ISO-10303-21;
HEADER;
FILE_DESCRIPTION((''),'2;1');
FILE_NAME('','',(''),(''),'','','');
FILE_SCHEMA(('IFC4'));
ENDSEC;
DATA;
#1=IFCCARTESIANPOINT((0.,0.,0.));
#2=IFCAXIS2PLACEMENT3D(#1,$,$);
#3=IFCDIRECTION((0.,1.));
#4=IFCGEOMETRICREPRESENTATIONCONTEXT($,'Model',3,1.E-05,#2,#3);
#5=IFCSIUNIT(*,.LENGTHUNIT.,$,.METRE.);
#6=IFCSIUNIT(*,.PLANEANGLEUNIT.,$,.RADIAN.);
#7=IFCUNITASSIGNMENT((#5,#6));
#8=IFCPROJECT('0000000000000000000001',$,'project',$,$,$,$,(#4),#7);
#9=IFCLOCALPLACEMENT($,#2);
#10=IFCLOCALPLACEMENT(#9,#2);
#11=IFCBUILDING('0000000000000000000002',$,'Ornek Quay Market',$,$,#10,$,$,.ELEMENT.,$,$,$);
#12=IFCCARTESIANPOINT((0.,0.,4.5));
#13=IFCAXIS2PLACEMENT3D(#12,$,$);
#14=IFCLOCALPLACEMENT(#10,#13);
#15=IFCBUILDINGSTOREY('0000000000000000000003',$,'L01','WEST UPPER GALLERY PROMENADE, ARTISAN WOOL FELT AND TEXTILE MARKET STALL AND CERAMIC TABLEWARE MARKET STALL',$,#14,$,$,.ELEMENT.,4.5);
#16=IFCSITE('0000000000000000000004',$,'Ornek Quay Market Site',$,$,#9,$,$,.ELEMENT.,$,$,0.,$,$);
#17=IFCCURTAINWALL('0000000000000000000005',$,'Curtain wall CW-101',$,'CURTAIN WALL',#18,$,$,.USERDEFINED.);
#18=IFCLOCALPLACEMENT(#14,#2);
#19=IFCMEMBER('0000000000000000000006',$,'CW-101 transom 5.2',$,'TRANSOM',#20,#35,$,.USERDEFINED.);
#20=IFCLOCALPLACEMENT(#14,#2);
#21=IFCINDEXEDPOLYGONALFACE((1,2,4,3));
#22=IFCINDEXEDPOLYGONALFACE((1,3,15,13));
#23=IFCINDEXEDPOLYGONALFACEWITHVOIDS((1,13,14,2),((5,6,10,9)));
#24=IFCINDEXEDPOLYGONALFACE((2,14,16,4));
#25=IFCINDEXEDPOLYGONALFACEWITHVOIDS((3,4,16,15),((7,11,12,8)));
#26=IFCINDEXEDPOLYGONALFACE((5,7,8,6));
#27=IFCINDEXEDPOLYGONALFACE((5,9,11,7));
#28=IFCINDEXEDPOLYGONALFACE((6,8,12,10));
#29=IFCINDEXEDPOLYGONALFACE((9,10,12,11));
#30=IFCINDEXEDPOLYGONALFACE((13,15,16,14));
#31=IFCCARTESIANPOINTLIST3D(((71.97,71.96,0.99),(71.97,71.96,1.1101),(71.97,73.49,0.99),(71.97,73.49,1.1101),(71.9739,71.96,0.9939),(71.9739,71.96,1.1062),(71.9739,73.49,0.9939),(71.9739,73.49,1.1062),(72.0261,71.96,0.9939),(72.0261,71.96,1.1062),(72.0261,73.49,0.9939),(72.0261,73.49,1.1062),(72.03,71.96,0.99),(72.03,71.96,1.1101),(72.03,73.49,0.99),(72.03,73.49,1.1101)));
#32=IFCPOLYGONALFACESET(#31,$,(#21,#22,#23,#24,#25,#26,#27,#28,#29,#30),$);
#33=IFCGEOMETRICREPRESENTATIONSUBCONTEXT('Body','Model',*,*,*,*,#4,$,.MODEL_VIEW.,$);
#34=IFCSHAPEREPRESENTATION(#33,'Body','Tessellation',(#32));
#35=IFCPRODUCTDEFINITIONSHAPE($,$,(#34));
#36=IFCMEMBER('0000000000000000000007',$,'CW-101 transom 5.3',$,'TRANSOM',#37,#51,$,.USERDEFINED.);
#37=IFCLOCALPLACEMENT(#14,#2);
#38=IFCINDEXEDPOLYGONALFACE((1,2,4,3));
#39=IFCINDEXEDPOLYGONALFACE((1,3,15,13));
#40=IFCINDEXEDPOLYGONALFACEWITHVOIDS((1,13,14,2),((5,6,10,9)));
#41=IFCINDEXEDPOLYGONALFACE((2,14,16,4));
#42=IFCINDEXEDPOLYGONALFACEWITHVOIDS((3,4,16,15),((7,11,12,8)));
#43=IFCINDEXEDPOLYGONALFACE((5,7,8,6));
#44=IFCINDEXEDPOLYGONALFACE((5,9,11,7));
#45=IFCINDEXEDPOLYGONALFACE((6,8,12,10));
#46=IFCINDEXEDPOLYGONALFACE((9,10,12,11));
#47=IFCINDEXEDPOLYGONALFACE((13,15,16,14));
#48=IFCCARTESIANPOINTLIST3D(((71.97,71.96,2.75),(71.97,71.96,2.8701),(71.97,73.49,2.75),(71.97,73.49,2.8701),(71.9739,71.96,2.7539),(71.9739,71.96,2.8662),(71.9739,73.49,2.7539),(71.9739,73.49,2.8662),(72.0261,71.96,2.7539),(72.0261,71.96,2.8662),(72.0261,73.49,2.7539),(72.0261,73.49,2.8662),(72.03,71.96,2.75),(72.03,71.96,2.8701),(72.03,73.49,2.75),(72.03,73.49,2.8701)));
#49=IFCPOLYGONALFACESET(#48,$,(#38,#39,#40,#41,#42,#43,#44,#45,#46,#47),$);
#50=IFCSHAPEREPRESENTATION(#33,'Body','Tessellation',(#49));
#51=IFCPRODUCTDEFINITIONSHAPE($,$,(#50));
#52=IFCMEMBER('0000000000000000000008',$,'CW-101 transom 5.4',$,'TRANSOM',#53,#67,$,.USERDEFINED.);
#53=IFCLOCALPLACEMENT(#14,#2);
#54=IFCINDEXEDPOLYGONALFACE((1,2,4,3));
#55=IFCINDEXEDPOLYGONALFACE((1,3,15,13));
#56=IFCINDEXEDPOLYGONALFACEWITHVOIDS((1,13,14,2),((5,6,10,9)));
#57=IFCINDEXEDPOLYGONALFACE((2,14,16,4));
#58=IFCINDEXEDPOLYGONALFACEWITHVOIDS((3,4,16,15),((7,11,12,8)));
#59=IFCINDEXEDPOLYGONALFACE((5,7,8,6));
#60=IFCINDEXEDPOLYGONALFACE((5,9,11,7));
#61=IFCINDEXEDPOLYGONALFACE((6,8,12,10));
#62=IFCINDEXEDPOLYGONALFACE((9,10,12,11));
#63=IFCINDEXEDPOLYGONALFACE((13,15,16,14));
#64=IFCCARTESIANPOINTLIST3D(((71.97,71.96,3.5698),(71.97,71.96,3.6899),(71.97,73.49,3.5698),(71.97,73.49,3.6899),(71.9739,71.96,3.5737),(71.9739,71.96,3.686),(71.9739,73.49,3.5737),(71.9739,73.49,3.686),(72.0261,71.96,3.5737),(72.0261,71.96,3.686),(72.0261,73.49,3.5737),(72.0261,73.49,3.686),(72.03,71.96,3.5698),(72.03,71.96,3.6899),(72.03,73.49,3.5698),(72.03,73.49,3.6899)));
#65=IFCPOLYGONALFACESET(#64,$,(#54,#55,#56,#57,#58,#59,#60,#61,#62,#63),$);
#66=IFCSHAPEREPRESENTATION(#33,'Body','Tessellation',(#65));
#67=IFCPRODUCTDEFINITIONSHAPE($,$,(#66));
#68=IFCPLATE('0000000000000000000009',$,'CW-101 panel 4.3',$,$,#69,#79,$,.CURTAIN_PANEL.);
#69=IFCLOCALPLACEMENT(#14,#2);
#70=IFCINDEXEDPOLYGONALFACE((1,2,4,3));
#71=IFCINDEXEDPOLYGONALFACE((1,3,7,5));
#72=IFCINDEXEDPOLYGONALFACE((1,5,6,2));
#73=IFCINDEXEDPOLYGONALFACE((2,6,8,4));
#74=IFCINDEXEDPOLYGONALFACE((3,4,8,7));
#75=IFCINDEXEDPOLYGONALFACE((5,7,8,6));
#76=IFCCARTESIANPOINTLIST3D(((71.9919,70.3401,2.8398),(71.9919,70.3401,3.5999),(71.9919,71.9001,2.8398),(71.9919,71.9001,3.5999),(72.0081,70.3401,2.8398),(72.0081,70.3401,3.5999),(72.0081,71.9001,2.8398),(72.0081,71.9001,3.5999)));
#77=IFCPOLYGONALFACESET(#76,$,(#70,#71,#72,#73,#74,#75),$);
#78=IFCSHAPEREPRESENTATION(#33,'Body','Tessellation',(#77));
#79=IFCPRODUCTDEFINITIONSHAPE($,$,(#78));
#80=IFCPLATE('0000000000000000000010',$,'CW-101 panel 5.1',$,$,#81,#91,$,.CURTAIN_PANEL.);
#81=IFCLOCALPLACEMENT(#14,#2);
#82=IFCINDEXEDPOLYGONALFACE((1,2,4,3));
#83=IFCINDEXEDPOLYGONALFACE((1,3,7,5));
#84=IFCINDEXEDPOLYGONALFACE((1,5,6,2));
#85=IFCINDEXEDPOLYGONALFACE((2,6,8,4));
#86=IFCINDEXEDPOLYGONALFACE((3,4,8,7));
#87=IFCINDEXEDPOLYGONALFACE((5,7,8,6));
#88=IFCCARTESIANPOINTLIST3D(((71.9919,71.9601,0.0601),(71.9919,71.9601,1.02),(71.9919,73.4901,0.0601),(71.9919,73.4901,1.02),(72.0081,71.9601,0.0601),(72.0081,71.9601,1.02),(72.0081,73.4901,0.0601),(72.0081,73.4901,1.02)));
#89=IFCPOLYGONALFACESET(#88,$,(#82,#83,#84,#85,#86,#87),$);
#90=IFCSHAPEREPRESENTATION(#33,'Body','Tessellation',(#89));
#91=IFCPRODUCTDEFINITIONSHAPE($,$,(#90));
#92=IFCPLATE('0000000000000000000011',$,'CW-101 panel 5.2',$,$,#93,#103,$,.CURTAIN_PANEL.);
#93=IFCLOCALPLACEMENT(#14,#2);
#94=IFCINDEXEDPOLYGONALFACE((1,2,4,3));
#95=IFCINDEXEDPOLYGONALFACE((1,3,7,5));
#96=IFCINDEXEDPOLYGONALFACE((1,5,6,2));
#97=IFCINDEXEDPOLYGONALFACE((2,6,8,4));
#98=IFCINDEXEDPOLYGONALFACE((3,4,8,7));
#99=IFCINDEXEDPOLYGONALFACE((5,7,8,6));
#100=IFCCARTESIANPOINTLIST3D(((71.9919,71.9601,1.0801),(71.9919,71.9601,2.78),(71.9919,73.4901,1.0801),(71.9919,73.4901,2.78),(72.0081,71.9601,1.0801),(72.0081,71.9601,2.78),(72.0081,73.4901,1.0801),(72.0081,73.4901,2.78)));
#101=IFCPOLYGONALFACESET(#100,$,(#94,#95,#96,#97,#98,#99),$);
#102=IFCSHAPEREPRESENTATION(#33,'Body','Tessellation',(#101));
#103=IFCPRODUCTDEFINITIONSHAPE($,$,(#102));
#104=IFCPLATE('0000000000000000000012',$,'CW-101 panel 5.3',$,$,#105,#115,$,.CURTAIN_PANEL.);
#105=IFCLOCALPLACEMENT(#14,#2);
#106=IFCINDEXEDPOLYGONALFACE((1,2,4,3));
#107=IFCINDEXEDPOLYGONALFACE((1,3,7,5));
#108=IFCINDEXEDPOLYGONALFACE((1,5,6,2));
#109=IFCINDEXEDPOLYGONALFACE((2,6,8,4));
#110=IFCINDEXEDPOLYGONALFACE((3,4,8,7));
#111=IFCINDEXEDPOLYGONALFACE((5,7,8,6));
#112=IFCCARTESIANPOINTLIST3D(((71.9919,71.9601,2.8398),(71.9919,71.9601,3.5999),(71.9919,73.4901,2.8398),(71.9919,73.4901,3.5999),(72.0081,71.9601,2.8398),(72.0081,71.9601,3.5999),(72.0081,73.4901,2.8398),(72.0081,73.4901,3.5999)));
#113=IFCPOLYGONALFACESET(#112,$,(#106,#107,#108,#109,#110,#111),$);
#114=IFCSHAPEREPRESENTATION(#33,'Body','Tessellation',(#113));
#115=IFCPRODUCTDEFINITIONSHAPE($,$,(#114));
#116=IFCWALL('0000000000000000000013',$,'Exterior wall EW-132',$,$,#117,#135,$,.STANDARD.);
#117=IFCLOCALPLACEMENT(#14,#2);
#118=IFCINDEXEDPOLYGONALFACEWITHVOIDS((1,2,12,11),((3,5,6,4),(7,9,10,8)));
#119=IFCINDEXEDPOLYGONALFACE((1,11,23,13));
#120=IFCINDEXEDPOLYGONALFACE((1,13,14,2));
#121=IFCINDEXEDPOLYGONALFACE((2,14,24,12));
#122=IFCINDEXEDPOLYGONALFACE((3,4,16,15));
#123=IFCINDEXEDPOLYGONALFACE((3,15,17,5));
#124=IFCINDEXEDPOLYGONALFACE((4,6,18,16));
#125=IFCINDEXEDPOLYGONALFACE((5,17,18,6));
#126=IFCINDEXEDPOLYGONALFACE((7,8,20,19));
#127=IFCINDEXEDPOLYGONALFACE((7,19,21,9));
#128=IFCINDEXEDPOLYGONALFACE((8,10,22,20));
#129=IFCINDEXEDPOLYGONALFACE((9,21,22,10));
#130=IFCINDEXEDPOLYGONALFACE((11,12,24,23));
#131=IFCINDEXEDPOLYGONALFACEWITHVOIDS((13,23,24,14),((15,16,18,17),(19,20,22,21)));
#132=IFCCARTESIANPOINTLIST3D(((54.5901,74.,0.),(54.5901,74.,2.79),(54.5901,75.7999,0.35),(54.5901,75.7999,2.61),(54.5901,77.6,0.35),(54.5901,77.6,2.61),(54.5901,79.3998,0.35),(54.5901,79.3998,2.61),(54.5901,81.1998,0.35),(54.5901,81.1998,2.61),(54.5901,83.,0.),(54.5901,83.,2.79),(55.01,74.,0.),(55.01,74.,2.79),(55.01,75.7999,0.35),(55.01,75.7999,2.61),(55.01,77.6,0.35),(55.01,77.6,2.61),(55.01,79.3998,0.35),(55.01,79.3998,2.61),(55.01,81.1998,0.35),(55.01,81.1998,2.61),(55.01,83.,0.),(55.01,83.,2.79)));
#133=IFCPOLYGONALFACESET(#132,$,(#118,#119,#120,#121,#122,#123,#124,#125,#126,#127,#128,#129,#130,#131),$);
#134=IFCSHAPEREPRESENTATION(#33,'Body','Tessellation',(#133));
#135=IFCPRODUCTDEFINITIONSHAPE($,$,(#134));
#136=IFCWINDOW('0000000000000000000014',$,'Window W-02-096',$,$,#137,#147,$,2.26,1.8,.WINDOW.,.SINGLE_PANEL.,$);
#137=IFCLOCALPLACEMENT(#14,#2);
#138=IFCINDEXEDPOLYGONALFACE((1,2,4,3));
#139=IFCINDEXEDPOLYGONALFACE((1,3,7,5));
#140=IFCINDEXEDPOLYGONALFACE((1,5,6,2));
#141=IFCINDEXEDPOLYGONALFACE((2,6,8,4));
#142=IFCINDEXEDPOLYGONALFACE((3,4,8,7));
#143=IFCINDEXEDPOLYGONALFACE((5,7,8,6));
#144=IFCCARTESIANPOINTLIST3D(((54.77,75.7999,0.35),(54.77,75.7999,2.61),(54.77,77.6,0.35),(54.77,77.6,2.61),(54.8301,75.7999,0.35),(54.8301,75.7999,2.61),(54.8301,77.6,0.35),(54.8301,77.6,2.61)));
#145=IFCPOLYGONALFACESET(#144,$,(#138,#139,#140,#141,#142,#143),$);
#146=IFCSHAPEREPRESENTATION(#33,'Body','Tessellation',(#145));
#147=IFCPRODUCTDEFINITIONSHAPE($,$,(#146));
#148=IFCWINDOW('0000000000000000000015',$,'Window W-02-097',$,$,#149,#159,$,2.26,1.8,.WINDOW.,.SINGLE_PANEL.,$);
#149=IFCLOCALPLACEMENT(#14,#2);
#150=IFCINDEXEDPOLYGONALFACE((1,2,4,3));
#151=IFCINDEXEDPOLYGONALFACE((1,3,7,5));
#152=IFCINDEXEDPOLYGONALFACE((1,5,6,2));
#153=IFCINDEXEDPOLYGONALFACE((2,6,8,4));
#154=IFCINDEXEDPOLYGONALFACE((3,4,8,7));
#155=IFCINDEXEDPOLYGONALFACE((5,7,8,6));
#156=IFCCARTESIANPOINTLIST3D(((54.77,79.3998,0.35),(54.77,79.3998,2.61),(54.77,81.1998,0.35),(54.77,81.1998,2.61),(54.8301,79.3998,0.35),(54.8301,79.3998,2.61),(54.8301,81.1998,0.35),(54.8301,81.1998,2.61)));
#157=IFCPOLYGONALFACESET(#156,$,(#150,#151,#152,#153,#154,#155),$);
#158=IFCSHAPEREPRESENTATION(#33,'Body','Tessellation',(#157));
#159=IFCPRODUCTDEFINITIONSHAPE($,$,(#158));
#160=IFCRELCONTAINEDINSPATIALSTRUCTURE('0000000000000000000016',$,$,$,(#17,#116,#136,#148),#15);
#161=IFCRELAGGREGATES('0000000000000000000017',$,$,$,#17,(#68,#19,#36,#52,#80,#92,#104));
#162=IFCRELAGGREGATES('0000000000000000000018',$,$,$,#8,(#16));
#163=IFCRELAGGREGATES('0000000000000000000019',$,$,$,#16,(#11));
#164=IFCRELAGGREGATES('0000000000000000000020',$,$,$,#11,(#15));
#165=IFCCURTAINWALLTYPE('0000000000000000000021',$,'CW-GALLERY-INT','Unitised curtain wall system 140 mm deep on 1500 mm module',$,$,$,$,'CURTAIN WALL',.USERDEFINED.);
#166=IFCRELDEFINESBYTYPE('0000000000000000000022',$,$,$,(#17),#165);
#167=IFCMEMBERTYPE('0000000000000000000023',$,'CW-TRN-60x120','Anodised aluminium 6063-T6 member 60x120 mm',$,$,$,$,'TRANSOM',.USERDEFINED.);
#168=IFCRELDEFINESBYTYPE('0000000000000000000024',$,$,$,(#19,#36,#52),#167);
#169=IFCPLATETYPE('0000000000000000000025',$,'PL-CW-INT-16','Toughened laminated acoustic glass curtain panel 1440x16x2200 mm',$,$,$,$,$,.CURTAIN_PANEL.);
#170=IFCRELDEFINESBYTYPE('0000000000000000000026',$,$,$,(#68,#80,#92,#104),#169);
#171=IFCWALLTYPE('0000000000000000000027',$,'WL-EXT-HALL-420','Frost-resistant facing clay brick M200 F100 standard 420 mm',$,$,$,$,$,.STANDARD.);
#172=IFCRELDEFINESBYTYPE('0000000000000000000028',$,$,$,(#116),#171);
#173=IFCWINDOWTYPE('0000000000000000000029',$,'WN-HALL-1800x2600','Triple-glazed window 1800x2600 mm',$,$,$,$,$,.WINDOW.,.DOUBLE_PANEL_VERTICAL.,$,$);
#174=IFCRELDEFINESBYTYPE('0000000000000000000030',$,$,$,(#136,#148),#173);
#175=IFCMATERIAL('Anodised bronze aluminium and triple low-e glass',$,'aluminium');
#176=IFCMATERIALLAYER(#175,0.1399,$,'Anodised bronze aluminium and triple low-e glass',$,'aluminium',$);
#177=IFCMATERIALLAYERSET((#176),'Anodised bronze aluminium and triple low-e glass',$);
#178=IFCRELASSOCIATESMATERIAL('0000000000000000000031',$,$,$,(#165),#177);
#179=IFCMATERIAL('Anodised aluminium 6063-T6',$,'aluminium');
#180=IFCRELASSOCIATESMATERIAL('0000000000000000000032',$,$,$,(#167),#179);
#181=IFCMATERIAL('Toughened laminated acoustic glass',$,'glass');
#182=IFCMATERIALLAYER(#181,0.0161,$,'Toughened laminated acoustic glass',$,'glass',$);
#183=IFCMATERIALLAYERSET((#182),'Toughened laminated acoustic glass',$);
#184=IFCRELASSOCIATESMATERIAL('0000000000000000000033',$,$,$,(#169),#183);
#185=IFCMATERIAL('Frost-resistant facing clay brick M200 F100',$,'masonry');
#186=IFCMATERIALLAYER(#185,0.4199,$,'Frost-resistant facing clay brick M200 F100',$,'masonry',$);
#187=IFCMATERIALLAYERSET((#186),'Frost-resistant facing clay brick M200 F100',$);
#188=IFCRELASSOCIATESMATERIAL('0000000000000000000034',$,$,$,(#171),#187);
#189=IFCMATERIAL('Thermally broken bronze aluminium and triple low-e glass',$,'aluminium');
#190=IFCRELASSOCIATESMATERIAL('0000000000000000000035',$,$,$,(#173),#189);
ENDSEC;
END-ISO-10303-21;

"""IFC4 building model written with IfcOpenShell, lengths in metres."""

from ifc_helpers import new_model, si_unit, direction, frame, frame_2d, origin, origin_2d, place, context, subcontext, project, spatial, rectangle, hollow_rectangle, extrude, material, layer, layer_set, material_profile, profile_set, type_object, element, fill, aggregate, save


model = new_model("IFC4")

# Units and contexts
model_context = context("Model", 3, precision=1e-05, world=origin(), true_north=direction((0.0, 1.0)))
body_context = subcontext(model_context, "Body", "Model", "MODEL_VIEW")
ifc_project = project(units=[si_unit("LENGTHUNIT", "METRE"), si_unit("PLANEANGLEUNIT", "RADIAN")], contexts=[model_context])

# Site, building, storey
site_placement = place(None, origin())
site = spatial("IfcSite", under=ifc_project, at=site_placement, Name="Ornek Quay Market Site", CompositionType="ELEMENT", RefElevation=0.0)
building_placement = place(site_placement, origin())
building = spatial("IfcBuilding", under=site, at=building_placement, Name="Ornek Quay Market", CompositionType="ELEMENT")
storey_placement = place(building_placement, frame((0.0, 0.0, 4.5)))
storey = spatial("IfcBuildingStorey", under=building, at=storey_placement, Name="L01", Description="WEST UPPER GALLERY PROMENADE, ARTISAN WOOL FELT AND TEXTILE MARKET STALL AND CERAMIC TABLEWARE MARKET STALL", CompositionType="ELEMENT", Elevation=4.5)

# Curtain wall, members, plates
ifc_material_1 = material(Name="Anodised bronze aluminium and triple low-e glass", Category="aluminium")
ifc_layer_1 = layer(ifc_material_1, 0.1399, Name="Anodised bronze aluminium and triple low-e glass", Category="aluminium")
ifc_layer_set_1 = layer_set([ifc_layer_1], Name="Anodised bronze aluminium and triple low-e glass")
curtain_wall_type = type_object("IfcCurtainWallType", Name="CW-GALLERY-INT", Description="Unitised curtain wall system 140 mm deep on 1500 mm module", ElementType="CURTAIN WALL", PredefinedType="USERDEFINED", material=ifc_layer_set_1)
curtain_wall_placement = place(storey_placement, origin())
curtain_wall = element("IfcCurtainWall", 1, at=curtain_wall_placement, inside=storey, type_object=curtain_wall_type, Name="Curtain wall CW-101", ObjectType="CURTAIN WALL", PredefinedType="USERDEFINED")
ifc_material_2 = material(Name="Anodised aluminium 6063-T6", Category="aluminium")
ifc_material_profile_1 = material_profile(ifc_material_2, hollow_rectangle(XDim=0.0601, YDim=0.1201, WallThickness=0.0039, at=origin_2d()), Name="CW-TRN-60x120", Category="aluminium")
ifc_profile_set_1 = profile_set([ifc_material_profile_1], Name="Anodised aluminium 6063-T6")
member_type_1 = type_object("IfcMemberType", Name="CW-TRN-60x120", Description="Anodised aluminium 6063-T6 member 60x120 mm", ElementType="TRANSOM", PredefinedType="USERDEFINED", material=ifc_profile_set_1)
member_1_placement = place(storey_placement, frame((72.0, 71.96, 1.05), z_axis=(0.0, 1.0, 0.0), x_axis=(-1.0, 0.0, 0.0)))
member_1 = element("IfcMember", 2, at=member_1_placement, type_object=member_type_1, Name="CW-101 transom 5.2", ObjectType="TRANSOM", PredefinedType="USERDEFINED", context=body_context, shape_type="SweptSolid", body=[
    extrude(hollow_rectangle(XDim=0.0601, YDim=0.1201, WallThickness=0.0039, at=origin_2d()), origin(), (0.0, 0.0, 1.0), 1.53),
])
member_2_placement = place(storey_placement, frame((72.0, 71.96, 2.8101), z_axis=(0.0, 1.0, 0.0), x_axis=(-1.0, 0.0, 0.0)))
member_2 = element("IfcMember", 3, at=member_2_placement, type_object=member_type_1, Name="CW-101 transom 5.3", ObjectType="TRANSOM", PredefinedType="USERDEFINED", context=body_context, shape_type="SweptSolid", body=[
    extrude(hollow_rectangle(XDim=0.0601, YDim=0.1201, WallThickness=0.0039, at=origin_2d()), origin(), (0.0, 0.0, 1.0), 1.53),
])
member_3_placement = place(storey_placement, frame((72.0, 71.96, 3.6299), z_axis=(0.0, 1.0, 0.0), x_axis=(-1.0, 0.0, 0.0)))
member_3 = element("IfcMember", 4, at=member_3_placement, type_object=member_type_1, Name="CW-101 transom 5.4", ObjectType="TRANSOM", PredefinedType="USERDEFINED", context=body_context, shape_type="SweptSolid", body=[
    extrude(hollow_rectangle(XDim=0.0601, YDim=0.1201, WallThickness=0.0039, at=origin_2d()), origin(), (0.0, 0.0, 1.0), 1.53),
])
ifc_material_3 = material(Name="Toughened laminated acoustic glass", Category="glass")
ifc_layer_2 = layer(ifc_material_3, 0.0161, Name="Toughened laminated acoustic glass", Category="glass")
ifc_layer_set_2 = layer_set([ifc_layer_2], Name="Toughened laminated acoustic glass")
plate_type = type_object("IfcPlateType", Name="PL-CW-INT-16", Description="Toughened laminated acoustic glass curtain panel 1440x16x2200 mm", PredefinedType="CURTAIN_PANEL", material=ifc_layer_set_2)
plate_1_placement = place(storey_placement, frame((72.0, 71.1201, 2.8398), z_axis=(0.0, 0.0, 1.0), x_axis=(0.0, 1.0, 0.0)))
plate_1 = element("IfcPlate", 5, at=plate_1_placement, type_object=plate_type, Name="CW-101 panel 4.3", PredefinedType="CURTAIN_PANEL", context=body_context, shape_type="SweptSolid", body=[
    extrude(rectangle(XDim=1.5601, YDim=0.0161, at=origin_2d()), origin(), (0.0, 0.0, 1.0), 0.76),
])
plate_2_placement = place(storey_placement, frame((72.0, 72.7251, 0.0601), z_axis=(0.0, 0.0, 1.0), x_axis=(0.0, 1.0, 0.0)))
plate_2 = element("IfcPlate", 6, at=plate_2_placement, type_object=plate_type, Name="CW-101 panel 5.1", PredefinedType="CURTAIN_PANEL", context=body_context, shape_type="SweptSolid", body=[
    extrude(rectangle(XDim=1.53, YDim=0.0161, at=origin_2d()), origin(), (0.0, 0.0, 1.0), 0.96),
])
plate_3_placement = place(storey_placement, frame((72.0, 72.7251, 1.0801), z_axis=(0.0, 0.0, 1.0), x_axis=(0.0, 1.0, 0.0)))
plate_3 = element("IfcPlate", 7, at=plate_3_placement, type_object=plate_type, Name="CW-101 panel 5.2", PredefinedType="CURTAIN_PANEL", context=body_context, shape_type="SweptSolid", body=[
    extrude(rectangle(XDim=1.53, YDim=0.0161, at=origin_2d()), origin(), (0.0, 0.0, 1.0), 1.7),
])
plate_4_placement = place(storey_placement, frame((72.0, 72.7251, 2.8398), z_axis=(0.0, 0.0, 1.0), x_axis=(0.0, 1.0, 0.0)))
plate_4 = element("IfcPlate", 8, at=plate_4_placement, type_object=plate_type, Name="CW-101 panel 5.3", PredefinedType="CURTAIN_PANEL", context=body_context, shape_type="SweptSolid", body=[
    extrude(rectangle(XDim=1.53, YDim=0.0161, at=origin_2d()), origin(), (0.0, 0.0, 1.0), 0.76),
])
aggregate(curtain_wall, [plate_1, member_1, member_2, member_3, plate_2, plate_3, plate_4])

# Wall, openings, windows
ifc_material_4 = material(Name="Frost-resistant facing clay brick M200 F100", Category="masonry")
ifc_layer_3 = layer(ifc_material_4, 0.4199, Name="Frost-resistant facing clay brick M200 F100", Category="masonry")
ifc_layer_set_3 = layer_set([ifc_layer_3], Name="Frost-resistant facing clay brick M200 F100")
wall_type = type_object("IfcWallType", Name="WL-EXT-HALL-420", Description="Frost-resistant facing clay brick M200 F100 standard 420 mm", PredefinedType="STANDARD", material=ifc_layer_set_3)
wall_placement = place(storey_placement, frame((54.8, 74.0, 0.0), z_axis=(0.0, 0.0, 1.0), x_axis=(0.0, 1.0, 0.0)))
wall = element("IfcWall", 9, at=wall_placement, inside=storey, type_object=wall_type, Name="Exterior wall EW-132", PredefinedType="STANDARD", context=body_context, shape_type="SweptSolid", body=[
    extrude(rectangle(XDim=9.0, YDim=0.4199, at=frame_2d((4.5, 0.0))), origin(), (0.0, 0.0, 1.0), 2.79),
])
opening_1_placement = place(wall_placement, frame((1.8, 0.0, 0.3501)))
opening_1 = element("IfcOpeningElement", 10, at=opening_1_placement, cuts=wall, PredefinedType="OPENING", context=body_context, shape_type="SweptSolid", body=[
    extrude(rectangle(XDim=1.8, YDim=2.26, at=frame_2d((0.8999, 1.1299))), frame((0.0, 0.22, 0.0), z_axis=(0.0, -1.0, 0.0), x_axis=(1.0, 0.0, 0.0)), (0.0, 0.0, 1.0), 0.4399),
])
opening_2_placement = place(wall_placement, frame((5.3999, 0.0, 0.3501)))
opening_2 = element("IfcOpeningElement", 11, at=opening_2_placement, cuts=wall, PredefinedType="OPENING", context=body_context, shape_type="SweptSolid", body=[
    extrude(rectangle(XDim=1.8, YDim=2.26, at=frame_2d((0.8999, 1.1299))), frame((0.0, 0.22, 0.0), z_axis=(0.0, -1.0, 0.0), x_axis=(1.0, 0.0, 0.0)), (0.0, 0.0, 1.0), 0.4399),
])
ifc_material_5 = material(Name="Thermally broken bronze aluminium and triple low-e glass", Category="aluminium")
window_type = type_object("IfcWindowType", Name="WN-HALL-1800x2600", Description="Triple-glazed window 1800x2600 mm", PartitioningType="DOUBLE_PANEL_VERTICAL", PredefinedType="WINDOW", material=ifc_material_5)
window_1_placement = place(opening_1_placement, origin())
window_1 = element("IfcWindow", 12, at=window_1_placement, inside=storey, type_object=window_type, Name="Window W-02-096", OverallHeight=2.26, OverallWidth=1.8, PartitioningType="SINGLE_PANEL", PredefinedType="WINDOW", context=body_context, shape_type="SweptSolid", body=[
    extrude(rectangle(XDim=1.8, YDim=2.26, at=frame_2d((0.8999, 1.1299))), frame((0.0, 0.03, 0.0), z_axis=(0.0, -1.0, 0.0), x_axis=(1.0, 0.0, 0.0)), (0.0, 0.0, 1.0), 0.0601),
])
fill(opening_1, window_1)
window_2_placement = place(opening_2_placement, origin())
window_2 = element("IfcWindow", 13, at=window_2_placement, inside=storey, type_object=window_type, Name="Window W-02-097", OverallHeight=2.26, OverallWidth=1.8, PartitioningType="SINGLE_PANEL", PredefinedType="WINDOW", context=body_context, shape_type="SweptSolid", body=[
    extrude(rectangle(XDim=1.8, YDim=2.26, at=frame_2d((0.8999, 1.1299))), frame((0.0, 0.03, 0.0), z_axis=(0.0, -1.0, 0.0), x_axis=(1.0, 0.0, 0.0)), (0.0, 0.0, 1.0), 0.0601),
])
fill(opening_2, window_2)

save(model, "model.ifc")
